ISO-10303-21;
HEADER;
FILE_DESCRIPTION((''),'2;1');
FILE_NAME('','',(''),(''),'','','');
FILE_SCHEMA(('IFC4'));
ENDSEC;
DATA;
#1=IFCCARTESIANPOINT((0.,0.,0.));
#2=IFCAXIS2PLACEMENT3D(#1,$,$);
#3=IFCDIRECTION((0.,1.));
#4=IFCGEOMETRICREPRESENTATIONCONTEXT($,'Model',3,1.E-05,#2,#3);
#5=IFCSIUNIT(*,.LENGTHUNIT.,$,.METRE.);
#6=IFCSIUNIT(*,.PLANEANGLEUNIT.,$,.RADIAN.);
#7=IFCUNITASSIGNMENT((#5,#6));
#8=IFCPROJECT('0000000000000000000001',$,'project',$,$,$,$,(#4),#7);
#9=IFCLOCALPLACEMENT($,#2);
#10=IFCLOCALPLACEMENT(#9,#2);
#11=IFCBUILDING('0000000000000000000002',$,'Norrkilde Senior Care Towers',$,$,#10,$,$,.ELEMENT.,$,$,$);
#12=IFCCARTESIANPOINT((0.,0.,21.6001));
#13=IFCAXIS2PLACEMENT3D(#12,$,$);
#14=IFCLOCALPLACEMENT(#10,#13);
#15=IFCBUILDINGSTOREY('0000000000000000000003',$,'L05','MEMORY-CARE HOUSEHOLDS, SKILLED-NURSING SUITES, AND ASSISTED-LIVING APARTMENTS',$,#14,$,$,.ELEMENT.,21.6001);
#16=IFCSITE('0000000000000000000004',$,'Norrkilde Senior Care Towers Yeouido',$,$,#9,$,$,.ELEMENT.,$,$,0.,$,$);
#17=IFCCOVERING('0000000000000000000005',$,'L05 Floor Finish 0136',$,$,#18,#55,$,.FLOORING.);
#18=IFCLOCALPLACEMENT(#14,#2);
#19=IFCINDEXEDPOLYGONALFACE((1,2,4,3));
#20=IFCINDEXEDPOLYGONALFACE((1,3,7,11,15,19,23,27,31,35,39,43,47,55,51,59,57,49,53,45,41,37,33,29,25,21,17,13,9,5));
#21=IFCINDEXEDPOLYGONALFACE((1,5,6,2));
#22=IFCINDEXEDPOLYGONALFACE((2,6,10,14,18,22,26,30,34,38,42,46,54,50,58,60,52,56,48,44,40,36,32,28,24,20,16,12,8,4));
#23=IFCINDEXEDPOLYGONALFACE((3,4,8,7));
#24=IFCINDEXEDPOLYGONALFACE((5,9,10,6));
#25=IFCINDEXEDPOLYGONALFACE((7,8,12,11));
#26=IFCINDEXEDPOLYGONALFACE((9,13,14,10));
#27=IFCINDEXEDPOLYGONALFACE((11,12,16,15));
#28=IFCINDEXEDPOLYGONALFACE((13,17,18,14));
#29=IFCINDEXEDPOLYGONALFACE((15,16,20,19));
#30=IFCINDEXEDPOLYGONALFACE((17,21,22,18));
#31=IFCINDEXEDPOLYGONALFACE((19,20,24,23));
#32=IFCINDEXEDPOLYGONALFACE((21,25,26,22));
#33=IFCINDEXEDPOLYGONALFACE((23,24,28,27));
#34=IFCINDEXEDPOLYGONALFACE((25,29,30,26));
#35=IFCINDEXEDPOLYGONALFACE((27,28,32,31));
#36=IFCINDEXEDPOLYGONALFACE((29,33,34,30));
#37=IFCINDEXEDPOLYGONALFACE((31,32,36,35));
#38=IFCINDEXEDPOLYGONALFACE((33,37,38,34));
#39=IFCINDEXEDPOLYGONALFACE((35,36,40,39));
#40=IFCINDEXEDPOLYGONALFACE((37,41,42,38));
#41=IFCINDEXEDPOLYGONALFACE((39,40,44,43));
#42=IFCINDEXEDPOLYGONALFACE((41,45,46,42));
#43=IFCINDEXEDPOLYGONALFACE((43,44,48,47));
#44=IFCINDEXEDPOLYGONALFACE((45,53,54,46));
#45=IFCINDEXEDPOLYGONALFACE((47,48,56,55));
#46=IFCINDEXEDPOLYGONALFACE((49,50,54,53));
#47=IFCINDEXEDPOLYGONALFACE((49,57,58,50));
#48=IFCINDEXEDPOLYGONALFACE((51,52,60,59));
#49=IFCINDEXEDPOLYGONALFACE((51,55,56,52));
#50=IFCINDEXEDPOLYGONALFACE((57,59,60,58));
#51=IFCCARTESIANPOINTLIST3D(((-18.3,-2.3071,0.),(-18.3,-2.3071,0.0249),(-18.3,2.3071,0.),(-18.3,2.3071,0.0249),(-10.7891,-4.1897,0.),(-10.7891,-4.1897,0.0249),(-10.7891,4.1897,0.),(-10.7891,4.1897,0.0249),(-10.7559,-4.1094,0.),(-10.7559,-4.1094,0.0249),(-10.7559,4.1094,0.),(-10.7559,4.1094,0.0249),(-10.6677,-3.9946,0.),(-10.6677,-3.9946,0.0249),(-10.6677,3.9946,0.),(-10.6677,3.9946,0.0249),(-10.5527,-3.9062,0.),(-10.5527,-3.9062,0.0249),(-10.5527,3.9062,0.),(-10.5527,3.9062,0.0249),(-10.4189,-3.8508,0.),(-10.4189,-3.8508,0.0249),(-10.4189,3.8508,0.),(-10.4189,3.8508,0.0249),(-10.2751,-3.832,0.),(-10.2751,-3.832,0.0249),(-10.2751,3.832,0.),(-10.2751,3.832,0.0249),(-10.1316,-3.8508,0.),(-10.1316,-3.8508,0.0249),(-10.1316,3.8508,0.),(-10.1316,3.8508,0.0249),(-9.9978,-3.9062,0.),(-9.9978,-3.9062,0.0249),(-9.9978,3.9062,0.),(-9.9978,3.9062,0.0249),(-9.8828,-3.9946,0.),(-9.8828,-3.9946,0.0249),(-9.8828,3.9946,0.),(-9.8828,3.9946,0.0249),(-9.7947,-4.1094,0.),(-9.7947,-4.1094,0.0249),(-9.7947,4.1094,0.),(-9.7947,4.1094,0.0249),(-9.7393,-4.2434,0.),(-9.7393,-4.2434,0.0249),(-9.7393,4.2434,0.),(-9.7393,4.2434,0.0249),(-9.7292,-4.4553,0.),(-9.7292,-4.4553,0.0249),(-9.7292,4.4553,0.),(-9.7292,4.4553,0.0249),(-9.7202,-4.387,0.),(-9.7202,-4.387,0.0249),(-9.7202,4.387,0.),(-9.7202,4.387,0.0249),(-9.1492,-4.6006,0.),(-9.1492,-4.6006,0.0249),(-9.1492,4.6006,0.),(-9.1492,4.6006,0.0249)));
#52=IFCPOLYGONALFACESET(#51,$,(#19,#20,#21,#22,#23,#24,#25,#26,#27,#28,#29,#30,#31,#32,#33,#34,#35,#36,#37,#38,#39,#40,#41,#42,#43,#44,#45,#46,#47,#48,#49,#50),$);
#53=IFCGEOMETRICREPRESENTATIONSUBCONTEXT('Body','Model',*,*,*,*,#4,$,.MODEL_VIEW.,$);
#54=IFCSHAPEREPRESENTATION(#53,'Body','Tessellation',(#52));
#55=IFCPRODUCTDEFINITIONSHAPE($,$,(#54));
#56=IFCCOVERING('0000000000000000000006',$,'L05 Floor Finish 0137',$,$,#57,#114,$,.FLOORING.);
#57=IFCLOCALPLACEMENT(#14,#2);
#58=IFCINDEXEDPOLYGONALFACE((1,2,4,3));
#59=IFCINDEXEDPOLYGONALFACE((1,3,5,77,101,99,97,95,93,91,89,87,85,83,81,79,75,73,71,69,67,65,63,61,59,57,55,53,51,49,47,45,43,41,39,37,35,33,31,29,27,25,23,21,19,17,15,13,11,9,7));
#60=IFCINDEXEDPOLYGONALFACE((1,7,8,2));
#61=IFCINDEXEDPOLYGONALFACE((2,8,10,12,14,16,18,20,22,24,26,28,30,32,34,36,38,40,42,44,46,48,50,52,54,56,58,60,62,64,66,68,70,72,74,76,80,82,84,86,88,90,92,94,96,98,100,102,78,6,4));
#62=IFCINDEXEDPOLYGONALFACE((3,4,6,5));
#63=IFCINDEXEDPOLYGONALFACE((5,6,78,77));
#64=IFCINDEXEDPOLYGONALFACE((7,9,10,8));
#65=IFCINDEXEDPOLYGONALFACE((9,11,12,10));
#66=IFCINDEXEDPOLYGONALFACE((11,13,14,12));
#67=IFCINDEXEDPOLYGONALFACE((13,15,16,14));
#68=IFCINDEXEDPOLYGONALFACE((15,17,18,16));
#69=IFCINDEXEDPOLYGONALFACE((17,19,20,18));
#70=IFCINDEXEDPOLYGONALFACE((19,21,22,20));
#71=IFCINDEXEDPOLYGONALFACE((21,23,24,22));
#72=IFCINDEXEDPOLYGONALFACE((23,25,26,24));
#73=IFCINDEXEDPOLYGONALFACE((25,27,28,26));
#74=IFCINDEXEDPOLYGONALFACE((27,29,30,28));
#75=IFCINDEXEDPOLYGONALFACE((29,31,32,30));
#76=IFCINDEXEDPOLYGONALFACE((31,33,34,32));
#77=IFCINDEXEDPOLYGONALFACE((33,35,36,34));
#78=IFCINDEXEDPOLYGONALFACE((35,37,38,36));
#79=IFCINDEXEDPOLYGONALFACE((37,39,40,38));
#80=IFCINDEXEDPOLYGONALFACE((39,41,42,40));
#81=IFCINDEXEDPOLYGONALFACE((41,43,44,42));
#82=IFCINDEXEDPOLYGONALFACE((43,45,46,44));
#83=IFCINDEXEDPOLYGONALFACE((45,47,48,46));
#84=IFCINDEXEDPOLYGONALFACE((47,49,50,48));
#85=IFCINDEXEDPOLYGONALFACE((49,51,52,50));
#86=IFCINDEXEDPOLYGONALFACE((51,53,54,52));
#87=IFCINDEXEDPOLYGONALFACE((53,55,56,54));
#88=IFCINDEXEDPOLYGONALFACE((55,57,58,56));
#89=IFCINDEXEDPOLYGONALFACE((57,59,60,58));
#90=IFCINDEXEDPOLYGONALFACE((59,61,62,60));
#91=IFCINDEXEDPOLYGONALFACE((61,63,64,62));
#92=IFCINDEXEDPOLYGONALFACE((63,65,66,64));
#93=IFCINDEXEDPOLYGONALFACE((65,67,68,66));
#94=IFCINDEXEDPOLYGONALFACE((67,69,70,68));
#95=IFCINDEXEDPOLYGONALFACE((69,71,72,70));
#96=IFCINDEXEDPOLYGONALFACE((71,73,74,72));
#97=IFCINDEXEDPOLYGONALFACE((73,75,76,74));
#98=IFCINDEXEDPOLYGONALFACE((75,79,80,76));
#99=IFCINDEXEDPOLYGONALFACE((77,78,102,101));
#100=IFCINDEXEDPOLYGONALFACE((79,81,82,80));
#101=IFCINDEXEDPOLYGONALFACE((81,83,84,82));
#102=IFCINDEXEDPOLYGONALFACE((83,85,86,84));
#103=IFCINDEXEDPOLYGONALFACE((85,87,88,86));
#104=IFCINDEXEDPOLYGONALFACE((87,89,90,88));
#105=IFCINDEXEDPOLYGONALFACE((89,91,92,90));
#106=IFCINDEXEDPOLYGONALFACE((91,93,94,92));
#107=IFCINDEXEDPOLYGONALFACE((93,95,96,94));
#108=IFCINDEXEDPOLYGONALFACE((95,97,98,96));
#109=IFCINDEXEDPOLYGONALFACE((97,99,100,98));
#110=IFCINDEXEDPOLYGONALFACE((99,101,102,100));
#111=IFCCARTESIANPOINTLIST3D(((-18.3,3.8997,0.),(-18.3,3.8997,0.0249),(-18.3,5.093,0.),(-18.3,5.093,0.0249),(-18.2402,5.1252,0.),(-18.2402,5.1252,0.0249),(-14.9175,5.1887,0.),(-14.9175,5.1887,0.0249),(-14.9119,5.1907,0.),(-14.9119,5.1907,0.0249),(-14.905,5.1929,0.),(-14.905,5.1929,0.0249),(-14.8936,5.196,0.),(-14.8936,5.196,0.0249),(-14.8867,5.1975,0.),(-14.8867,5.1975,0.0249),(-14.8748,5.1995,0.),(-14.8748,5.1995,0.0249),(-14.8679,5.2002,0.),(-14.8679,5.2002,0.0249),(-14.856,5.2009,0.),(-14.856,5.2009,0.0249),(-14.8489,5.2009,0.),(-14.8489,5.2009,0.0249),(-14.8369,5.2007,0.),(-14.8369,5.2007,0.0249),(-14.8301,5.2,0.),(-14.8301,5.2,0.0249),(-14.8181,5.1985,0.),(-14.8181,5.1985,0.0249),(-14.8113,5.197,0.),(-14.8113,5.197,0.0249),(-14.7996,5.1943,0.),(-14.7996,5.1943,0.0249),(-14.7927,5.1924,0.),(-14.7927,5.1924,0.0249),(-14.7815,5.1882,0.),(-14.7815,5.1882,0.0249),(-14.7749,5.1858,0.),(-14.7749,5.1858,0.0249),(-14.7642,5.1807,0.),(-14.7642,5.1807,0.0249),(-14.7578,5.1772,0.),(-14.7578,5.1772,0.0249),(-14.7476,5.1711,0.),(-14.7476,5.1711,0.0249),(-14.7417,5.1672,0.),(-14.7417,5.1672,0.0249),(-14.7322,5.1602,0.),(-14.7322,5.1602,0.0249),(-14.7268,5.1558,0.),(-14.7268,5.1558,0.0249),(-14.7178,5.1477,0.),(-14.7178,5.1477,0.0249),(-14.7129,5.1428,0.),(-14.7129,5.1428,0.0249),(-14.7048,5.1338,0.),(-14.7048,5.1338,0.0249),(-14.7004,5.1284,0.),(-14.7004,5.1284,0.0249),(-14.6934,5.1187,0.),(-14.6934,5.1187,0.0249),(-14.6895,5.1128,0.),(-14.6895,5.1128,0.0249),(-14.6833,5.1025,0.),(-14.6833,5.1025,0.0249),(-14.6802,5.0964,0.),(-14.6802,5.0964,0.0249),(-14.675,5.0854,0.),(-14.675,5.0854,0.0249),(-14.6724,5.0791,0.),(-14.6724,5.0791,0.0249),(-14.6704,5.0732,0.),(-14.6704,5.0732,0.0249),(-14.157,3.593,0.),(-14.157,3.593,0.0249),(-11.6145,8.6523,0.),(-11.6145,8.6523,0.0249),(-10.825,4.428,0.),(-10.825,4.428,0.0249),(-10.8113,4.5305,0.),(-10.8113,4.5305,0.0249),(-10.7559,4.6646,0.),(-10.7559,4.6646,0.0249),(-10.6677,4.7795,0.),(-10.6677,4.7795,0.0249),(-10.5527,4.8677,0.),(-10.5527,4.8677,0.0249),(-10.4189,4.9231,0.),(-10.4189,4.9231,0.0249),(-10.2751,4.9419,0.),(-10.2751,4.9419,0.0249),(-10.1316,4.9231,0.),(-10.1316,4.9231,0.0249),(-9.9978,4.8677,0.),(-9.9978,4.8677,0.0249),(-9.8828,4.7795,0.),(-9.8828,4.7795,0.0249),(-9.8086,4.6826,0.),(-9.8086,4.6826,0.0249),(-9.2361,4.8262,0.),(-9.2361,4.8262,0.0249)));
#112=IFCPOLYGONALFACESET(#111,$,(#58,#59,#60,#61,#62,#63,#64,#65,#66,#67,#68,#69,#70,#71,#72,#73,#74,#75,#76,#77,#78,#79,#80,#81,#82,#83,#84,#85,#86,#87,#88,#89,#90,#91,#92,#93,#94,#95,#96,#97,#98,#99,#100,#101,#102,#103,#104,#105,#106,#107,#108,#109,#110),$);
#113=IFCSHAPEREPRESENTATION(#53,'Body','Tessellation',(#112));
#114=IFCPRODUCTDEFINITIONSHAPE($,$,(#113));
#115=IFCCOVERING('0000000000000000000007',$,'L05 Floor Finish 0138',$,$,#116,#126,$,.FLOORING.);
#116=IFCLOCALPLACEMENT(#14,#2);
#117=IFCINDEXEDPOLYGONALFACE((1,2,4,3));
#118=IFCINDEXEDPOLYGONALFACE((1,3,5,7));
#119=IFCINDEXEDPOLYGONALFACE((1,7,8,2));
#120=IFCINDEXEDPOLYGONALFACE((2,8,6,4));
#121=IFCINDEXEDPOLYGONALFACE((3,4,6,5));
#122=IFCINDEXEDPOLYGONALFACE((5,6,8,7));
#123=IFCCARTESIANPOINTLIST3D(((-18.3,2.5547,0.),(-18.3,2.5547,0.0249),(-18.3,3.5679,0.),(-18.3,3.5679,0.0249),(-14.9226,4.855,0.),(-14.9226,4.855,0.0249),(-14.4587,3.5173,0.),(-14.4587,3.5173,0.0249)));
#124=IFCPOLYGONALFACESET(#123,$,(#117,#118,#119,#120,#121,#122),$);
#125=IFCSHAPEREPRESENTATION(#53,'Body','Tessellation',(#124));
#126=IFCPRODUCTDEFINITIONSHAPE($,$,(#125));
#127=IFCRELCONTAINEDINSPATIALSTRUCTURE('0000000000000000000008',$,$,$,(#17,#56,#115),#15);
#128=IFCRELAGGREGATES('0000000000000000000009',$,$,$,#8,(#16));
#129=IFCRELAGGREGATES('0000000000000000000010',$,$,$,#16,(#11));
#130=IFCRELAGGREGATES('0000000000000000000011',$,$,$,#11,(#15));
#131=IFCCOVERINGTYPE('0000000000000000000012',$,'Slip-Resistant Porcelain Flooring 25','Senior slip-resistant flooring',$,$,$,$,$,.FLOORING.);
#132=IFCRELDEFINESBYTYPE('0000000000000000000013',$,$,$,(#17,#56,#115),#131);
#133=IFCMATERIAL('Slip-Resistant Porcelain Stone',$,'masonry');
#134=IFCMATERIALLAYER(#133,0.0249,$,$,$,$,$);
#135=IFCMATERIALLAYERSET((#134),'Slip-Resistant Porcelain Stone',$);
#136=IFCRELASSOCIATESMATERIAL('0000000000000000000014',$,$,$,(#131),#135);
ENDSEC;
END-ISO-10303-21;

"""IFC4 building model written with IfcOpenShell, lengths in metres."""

from ifc_helpers import new_model, si_unit, direction, frame, origin, place, context, subcontext, project, spatial, polyline, outline, extrude, material, layer, layer_set, type_object, element, save


model = new_model("IFC4")

# Units and contexts
model_context = context("Model", 3, precision=1e-05, world=origin(), true_north=direction((0.0, 1.0)))
body_context = subcontext(model_context, "Body", "Model", "MODEL_VIEW")
ifc_project = project(units=[si_unit("LENGTHUNIT", "METRE"), si_unit("PLANEANGLEUNIT", "RADIAN")], contexts=[model_context])

# Site, building, storey
site_placement = place(None, origin())
site = spatial("IfcSite", under=ifc_project, at=site_placement, Name="Norrkilde Senior Care Towers Yeouido", CompositionType="ELEMENT", RefElevation=0.0)
building_placement = place(site_placement, origin())
building = spatial("IfcBuilding", under=site, at=building_placement, Name="Norrkilde Senior Care Towers", CompositionType="ELEMENT")
storey_placement = place(building_placement, frame((0.0, 0.0, 21.6001)))
storey = spatial("IfcBuildingStorey", under=building, at=storey_placement, Name="L05", Description="MEMORY-CARE HOUSEHOLDS, SKILLED-NURSING SUITES, AND ASSISTED-LIVING APARTMENTS", CompositionType="ELEMENT", Elevation=21.6001)

# Coverings
ifc_material_1 = material(Name="Slip-Resistant Porcelain Stone", Category="masonry")
ifc_layer_1 = layer(ifc_material_1, 0.0249)
ifc_layer_set_1 = layer_set([ifc_layer_1], Name="Slip-Resistant Porcelain Stone")
covering_type_1 = type_object("IfcCoveringType", Name="Slip-Resistant Porcelain Flooring 25", Description="Senior slip-resistant flooring", PredefinedType="FLOORING", material=ifc_layer_set_1)
covering_1_placement = place(storey_placement, origin())
element("IfcCovering", 1, at=covering_1_placement, inside=storey, type_object=covering_type_1, Name="L05 Floor Finish 0136", PredefinedType="FLOORING", context=body_context, shape_type="SweptSolid", body=[
    extrude(outline(polyline([(-10.7559, 4.1094), (-10.6677, 3.9946), (-10.5527, 3.9062), (-10.4189, 3.8508), (-10.2751, 3.832), (-10.1316, 3.8508), (-9.9978, 3.9062), (-9.8828, 3.9946), (-9.7947, 4.1094), (-9.7393, 4.2434), (-9.7202, 4.387), (-9.7292, 4.4553), (-9.1492, 4.6006), (-9.1492, -4.6006), (-9.7292, -4.4553), (-9.7202, -4.387), (-9.7393, -4.2434), (-9.7947, -4.1094), (-9.8828, -3.9946), (-9.9978, -3.9062), (-10.1316, -3.8508), (-10.2751, -3.832), (-10.4189, -3.8508), (-10.5527, -3.9062), (-10.6677, -3.9946), (-10.7559, -4.1094), (-10.7891, -4.1897), (-18.3, -2.3071), (-18.3, 2.3071), (-10.7891, 4.1897), (-10.7559, 4.1094)])), origin(), (0.0, 0.0, 1.0), 0.0249),
])
covering_2_placement = place(storey_placement, origin())
element("IfcCovering", 2, at=covering_2_placement, inside=storey, type_object=covering_type_1, Name="L05 Floor Finish 0137", PredefinedType="FLOORING", context=body_context, shape_type="SweptSolid", body=[
    extrude(outline(polyline([(-14.6895, 5.1128), (-14.6934, 5.1187), (-14.7004, 5.1284), (-14.7048, 5.1338), (-14.7129, 5.1428), (-14.7178, 5.1477), (-14.7268, 5.1558), (-14.7322, 5.1602), (-14.7417, 5.1672), (-14.7476, 5.1711), (-14.7578, 5.1772), (-14.7642, 5.1807), (-14.7749, 5.1858), (-14.7815, 5.1882), (-14.7927, 5.1924), (-14.7996, 5.1943), (-14.8113, 5.197), (-14.8181, 5.1985), (-14.8301, 5.2), (-14.8369, 5.2007), (-14.8489, 5.2009), (-14.856, 5.2009), (-14.8679, 5.2002), (-14.8748, 5.1995), (-14.8867, 5.1975), (-14.8936, 5.196), (-14.905, 5.1929), (-14.9119, 5.1907), (-14.9175, 5.1887), (-18.3, 3.8997), (-18.3, 5.093), (-18.2402, 5.1252), (-11.6145, 8.6523), (-9.2361, 4.8262), (-9.8086, 4.6826), (-9.8828, 4.7795), (-9.9978, 4.8677), (-10.1316, 4.9231), (-10.2751, 4.9419), (-10.4189, 4.9231), (-10.5527, 4.8677), (-10.6677, 4.7795), (-10.7559, 4.6646), (-10.8113, 4.5305), (-10.825, 4.428), (-14.157, 3.593), (-14.6704, 5.0732), (-14.6724, 5.0791), (-14.675, 5.0854), (-14.6802, 5.0964), (-14.6833, 5.1025), (-14.6895, 5.1128)])), origin(), (0.0, 0.0, 1.0), 0.0249),
])
covering_3_placement = place(storey_placement, origin())
element("IfcCovering", 3, at=covering_3_placement, inside=storey, type_object=covering_type_1, Name="L05 Floor Finish 0138", PredefinedType="FLOORING", context=body_context, shape_type="SweptSolid", body=[
    extrude(outline(polyline([(-14.4587, 3.5173), (-18.3, 2.5547), (-18.3, 3.5679), (-14.9226, 4.855), (-14.4587, 3.5173)])), origin(), (0.0, 0.0, 1.0), 0.0249),
])

save(model, "model.ifc")
